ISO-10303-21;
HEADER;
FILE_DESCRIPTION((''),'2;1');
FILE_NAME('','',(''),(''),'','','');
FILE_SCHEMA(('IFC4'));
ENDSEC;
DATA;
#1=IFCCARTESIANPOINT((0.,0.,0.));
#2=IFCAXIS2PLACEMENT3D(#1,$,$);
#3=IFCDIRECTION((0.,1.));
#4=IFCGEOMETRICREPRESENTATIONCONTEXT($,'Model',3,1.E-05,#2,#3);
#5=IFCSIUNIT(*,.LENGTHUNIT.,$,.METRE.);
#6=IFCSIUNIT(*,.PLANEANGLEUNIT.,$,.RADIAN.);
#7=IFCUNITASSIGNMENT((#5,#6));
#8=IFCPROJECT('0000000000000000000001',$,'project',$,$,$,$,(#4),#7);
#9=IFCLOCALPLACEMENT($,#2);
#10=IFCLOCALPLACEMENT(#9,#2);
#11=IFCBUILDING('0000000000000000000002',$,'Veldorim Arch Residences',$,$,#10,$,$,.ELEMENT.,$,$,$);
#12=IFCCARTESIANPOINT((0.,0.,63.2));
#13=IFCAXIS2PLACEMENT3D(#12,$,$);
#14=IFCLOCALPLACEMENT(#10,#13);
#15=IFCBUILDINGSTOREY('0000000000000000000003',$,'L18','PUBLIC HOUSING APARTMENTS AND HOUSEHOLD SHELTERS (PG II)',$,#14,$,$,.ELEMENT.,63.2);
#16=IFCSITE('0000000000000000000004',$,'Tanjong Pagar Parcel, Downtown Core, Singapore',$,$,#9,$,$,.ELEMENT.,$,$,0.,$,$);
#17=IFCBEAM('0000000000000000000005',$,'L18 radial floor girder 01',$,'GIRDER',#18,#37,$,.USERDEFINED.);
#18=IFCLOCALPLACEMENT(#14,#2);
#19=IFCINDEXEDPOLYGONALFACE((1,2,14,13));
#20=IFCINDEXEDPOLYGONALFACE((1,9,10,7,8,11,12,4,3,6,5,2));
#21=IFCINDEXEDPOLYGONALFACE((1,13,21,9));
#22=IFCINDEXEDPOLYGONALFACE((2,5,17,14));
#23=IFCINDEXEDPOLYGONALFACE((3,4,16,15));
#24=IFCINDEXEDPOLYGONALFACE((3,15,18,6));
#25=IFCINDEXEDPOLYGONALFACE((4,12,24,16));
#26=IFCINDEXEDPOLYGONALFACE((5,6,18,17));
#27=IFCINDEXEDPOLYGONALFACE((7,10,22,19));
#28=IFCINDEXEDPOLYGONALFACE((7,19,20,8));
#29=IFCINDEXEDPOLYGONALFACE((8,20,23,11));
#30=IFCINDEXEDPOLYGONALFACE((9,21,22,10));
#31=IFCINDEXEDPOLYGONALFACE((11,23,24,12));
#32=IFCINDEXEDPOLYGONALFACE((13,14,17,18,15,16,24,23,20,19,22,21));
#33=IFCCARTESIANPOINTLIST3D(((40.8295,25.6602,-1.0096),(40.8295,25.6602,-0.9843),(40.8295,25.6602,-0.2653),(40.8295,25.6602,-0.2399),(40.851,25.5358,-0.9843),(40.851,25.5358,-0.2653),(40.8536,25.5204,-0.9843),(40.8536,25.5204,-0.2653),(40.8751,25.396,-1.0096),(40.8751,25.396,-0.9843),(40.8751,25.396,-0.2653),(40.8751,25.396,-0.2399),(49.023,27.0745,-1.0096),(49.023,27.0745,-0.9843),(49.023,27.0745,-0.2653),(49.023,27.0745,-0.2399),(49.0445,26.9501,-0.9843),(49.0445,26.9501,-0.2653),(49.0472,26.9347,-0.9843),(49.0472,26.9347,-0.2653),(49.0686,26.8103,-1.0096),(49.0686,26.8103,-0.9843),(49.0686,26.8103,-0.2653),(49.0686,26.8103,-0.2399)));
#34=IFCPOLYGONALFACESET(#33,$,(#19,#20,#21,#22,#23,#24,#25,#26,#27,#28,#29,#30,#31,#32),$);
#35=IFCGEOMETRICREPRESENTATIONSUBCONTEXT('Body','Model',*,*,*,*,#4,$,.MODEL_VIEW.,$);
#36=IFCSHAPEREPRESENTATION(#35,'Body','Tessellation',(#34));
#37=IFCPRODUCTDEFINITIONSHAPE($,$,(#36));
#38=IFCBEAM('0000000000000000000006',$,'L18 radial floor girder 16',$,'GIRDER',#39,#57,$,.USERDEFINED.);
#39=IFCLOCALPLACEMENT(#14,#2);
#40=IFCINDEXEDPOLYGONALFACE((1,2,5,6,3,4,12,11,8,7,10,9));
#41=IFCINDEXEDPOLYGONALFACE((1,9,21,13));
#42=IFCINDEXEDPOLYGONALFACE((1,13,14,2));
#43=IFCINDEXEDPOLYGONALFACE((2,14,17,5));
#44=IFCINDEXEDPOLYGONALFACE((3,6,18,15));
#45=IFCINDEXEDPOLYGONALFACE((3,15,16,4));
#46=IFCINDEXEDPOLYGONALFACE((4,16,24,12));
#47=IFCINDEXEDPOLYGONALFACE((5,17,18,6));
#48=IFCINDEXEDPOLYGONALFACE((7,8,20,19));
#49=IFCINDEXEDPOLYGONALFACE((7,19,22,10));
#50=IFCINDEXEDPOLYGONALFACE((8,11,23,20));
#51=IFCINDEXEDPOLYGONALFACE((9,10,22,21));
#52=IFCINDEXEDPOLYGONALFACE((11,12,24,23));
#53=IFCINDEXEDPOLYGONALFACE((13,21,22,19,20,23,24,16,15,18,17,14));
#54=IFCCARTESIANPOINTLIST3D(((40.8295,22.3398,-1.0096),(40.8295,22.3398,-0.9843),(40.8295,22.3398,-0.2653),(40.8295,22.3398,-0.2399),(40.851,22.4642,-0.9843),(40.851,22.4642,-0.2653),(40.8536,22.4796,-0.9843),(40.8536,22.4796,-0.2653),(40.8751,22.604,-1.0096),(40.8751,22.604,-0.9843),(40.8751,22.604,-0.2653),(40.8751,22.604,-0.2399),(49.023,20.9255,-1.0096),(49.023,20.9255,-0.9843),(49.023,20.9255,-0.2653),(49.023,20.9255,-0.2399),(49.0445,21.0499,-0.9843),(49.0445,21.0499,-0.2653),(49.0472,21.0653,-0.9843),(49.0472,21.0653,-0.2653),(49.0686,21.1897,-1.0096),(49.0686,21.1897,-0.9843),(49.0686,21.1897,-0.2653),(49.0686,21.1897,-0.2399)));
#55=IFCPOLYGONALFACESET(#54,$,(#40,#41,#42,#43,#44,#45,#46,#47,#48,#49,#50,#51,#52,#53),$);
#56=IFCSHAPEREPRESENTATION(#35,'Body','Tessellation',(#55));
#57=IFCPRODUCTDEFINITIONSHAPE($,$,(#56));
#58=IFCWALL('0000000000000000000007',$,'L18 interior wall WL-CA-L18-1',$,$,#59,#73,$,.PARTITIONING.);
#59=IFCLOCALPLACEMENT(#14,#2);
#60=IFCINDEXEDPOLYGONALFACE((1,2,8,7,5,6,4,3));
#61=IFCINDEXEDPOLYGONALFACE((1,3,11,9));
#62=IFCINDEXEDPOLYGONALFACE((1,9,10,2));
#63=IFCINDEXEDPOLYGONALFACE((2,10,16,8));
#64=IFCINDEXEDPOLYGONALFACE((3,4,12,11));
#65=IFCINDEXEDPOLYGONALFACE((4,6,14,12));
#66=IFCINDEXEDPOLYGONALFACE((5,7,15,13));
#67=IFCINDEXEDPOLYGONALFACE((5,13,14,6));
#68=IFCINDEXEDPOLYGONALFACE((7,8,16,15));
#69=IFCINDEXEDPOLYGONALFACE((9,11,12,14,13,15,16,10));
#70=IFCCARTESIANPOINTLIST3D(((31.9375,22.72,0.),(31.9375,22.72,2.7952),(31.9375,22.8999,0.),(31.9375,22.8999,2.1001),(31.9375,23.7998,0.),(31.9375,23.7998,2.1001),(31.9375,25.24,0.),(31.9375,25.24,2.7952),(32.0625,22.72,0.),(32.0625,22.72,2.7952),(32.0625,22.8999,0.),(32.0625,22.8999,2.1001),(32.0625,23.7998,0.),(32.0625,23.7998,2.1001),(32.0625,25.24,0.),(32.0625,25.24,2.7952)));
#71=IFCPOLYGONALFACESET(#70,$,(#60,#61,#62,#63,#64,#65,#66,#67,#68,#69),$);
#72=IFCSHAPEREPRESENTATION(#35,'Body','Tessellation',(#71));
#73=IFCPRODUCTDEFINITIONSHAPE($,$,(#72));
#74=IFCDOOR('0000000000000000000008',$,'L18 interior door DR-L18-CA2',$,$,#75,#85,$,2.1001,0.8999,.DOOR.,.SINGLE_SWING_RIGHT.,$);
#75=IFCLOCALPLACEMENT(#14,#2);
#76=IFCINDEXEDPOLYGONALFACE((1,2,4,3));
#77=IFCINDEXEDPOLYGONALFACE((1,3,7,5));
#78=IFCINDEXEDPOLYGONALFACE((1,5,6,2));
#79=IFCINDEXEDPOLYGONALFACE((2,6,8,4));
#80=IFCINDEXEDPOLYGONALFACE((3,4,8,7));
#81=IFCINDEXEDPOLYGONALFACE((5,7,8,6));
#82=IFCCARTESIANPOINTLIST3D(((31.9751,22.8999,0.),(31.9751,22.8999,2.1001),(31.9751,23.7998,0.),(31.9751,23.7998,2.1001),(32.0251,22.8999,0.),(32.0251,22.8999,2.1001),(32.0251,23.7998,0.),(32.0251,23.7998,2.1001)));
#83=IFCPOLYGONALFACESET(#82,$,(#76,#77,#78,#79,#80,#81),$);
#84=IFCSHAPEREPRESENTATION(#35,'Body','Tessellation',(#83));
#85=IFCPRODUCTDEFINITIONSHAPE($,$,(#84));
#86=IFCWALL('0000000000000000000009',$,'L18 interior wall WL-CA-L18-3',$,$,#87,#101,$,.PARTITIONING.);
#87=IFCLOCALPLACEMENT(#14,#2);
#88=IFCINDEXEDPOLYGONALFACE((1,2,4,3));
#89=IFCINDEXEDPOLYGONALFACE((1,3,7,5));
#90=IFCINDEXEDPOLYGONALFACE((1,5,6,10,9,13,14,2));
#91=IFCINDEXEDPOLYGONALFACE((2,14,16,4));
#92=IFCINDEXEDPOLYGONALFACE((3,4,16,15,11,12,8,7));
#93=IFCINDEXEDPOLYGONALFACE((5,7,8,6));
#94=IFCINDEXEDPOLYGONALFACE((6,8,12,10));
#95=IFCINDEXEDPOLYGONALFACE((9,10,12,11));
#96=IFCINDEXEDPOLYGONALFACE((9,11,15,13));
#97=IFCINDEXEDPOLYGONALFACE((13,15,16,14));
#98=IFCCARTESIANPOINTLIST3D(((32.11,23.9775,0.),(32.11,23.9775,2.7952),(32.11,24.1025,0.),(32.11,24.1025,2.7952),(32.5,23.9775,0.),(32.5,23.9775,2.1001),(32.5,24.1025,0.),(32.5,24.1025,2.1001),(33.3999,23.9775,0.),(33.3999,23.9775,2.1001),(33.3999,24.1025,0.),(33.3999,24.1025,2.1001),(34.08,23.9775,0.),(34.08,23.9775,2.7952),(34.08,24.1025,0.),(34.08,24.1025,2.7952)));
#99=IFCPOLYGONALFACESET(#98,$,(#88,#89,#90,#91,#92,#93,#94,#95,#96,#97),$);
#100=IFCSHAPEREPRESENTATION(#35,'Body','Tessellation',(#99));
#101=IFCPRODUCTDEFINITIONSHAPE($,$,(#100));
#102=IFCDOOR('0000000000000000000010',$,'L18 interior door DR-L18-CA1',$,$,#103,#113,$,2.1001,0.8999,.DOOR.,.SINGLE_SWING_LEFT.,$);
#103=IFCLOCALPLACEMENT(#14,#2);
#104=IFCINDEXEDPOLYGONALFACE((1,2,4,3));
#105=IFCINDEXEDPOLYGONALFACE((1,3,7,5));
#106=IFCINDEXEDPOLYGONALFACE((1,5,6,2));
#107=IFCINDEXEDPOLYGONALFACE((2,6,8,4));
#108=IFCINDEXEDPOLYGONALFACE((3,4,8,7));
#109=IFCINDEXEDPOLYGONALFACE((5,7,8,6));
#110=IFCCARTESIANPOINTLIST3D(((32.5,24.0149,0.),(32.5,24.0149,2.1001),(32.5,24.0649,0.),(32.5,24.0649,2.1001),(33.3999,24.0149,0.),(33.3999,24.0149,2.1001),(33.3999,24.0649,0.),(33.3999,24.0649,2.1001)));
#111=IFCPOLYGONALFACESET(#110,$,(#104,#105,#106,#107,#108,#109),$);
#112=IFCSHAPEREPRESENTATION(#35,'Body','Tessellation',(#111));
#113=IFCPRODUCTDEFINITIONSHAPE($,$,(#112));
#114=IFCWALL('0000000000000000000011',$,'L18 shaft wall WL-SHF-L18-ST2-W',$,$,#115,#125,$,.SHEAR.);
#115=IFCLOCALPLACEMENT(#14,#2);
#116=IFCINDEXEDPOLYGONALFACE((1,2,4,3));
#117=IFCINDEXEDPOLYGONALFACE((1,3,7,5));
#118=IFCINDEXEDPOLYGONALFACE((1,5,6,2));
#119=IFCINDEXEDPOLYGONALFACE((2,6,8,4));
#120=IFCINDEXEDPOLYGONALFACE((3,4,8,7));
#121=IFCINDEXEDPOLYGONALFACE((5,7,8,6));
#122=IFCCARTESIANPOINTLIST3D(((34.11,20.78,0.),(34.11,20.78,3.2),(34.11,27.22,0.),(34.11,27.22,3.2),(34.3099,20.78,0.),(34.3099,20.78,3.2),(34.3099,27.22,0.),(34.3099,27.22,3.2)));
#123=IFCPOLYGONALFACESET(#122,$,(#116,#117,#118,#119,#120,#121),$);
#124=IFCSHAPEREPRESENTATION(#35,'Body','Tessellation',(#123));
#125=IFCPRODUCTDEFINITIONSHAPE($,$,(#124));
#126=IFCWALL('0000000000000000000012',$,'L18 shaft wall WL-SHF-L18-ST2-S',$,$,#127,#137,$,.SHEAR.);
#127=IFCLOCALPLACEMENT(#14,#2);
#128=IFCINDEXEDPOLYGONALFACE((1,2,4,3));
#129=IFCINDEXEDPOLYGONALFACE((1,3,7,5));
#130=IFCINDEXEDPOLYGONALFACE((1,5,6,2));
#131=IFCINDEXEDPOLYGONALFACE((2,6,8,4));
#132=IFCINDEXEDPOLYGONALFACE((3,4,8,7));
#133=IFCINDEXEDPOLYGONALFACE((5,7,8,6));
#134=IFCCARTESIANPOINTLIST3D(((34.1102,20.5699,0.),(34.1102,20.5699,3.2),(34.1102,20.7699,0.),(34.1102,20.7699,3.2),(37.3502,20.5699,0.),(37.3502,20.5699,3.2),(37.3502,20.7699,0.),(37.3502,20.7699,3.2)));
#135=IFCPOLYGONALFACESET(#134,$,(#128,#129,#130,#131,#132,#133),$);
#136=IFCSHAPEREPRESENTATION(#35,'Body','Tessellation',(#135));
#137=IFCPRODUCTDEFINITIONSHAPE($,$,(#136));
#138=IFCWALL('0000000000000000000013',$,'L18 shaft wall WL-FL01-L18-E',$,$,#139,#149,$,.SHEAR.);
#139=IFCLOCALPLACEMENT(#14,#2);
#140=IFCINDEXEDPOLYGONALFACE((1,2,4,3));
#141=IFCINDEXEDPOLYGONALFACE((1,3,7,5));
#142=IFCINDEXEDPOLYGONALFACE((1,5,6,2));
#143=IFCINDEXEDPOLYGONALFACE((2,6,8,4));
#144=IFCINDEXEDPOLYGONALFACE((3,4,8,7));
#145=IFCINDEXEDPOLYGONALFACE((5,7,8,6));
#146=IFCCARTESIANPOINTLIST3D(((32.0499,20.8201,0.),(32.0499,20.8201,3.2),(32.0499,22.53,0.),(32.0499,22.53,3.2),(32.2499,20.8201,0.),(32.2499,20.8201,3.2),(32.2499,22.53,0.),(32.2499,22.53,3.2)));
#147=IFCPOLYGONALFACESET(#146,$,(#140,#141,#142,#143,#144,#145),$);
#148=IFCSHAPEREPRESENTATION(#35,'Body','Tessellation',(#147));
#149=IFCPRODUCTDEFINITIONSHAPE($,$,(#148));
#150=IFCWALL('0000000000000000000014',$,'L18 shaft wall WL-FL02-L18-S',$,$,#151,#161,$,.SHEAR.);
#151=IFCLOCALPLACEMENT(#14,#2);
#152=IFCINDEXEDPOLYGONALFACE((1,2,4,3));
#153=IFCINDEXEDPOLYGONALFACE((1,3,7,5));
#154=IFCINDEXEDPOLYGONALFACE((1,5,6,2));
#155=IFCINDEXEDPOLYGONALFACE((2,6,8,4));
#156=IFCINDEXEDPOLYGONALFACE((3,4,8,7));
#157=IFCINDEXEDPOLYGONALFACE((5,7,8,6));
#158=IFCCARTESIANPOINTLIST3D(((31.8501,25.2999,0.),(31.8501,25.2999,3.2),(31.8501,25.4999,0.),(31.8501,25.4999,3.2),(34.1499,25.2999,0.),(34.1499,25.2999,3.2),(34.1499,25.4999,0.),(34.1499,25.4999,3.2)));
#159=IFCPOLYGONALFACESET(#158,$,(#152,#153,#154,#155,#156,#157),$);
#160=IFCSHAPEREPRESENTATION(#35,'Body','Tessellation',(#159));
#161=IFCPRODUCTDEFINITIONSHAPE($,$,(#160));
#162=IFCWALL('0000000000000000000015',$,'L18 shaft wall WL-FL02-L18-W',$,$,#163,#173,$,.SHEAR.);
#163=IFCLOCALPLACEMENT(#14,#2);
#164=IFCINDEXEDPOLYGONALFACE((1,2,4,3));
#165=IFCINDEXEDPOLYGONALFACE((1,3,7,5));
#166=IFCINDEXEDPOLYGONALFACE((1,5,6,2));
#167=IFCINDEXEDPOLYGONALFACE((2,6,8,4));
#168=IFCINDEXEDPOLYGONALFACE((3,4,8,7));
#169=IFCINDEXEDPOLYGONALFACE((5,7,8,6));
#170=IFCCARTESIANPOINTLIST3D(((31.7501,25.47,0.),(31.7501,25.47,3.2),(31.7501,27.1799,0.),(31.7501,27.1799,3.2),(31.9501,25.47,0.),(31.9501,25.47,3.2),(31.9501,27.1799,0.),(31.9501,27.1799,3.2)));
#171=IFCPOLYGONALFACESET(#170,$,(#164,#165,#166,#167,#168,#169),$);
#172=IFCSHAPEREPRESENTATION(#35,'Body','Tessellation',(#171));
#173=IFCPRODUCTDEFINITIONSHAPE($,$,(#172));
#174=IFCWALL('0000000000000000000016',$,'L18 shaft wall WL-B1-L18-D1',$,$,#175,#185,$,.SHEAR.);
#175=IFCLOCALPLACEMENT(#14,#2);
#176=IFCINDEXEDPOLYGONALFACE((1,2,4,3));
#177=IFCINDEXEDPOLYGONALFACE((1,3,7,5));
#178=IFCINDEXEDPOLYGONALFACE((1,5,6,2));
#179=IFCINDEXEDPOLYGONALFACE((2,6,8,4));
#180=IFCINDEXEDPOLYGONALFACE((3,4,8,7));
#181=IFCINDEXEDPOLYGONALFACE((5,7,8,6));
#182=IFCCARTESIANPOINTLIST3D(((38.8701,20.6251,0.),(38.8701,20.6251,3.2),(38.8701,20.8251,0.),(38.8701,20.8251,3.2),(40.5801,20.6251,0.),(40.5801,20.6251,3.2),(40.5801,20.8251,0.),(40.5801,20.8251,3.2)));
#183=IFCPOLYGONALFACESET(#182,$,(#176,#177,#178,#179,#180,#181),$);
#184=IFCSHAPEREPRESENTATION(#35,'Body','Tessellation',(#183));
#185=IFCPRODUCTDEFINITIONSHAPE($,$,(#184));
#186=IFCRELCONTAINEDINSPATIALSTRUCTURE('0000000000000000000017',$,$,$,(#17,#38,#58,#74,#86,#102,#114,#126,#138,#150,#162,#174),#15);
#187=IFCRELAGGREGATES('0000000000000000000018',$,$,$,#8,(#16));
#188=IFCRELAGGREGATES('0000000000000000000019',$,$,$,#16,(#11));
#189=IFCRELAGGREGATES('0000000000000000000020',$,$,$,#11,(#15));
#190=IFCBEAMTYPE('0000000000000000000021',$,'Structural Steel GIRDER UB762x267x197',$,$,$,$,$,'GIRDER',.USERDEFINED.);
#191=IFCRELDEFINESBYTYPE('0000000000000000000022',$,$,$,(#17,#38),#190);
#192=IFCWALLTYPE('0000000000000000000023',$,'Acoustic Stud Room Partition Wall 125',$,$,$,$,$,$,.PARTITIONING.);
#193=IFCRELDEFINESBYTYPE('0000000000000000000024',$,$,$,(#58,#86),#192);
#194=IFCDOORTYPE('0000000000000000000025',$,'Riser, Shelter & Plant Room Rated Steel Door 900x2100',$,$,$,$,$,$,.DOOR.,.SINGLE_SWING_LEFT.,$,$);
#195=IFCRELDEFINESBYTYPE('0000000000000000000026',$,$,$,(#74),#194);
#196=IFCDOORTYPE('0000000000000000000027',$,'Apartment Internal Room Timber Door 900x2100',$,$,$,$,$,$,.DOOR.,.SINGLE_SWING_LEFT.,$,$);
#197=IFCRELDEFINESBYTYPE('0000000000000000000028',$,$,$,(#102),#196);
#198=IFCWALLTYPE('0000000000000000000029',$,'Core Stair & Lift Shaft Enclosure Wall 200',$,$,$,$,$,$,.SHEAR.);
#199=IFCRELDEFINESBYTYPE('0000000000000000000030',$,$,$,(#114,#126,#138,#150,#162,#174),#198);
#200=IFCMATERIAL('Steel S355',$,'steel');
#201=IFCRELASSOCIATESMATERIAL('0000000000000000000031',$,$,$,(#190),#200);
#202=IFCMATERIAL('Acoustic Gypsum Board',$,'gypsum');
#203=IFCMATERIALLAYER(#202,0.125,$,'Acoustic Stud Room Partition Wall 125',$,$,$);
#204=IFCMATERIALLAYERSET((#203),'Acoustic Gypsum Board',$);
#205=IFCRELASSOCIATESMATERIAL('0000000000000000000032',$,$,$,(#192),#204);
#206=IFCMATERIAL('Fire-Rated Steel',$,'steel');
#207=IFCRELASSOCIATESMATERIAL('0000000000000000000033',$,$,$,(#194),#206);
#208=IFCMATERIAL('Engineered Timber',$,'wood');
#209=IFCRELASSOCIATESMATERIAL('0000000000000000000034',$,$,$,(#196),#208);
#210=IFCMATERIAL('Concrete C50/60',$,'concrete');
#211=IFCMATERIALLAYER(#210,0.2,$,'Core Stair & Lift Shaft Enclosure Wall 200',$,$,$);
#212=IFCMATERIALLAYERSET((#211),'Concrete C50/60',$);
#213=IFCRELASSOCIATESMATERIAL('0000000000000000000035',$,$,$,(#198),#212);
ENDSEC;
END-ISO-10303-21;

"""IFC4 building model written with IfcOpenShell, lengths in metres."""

from ifc_helpers import new_model, si_unit, direction, frame, frame_2d, origin, origin_2d, place, context, subcontext, project, spatial, rectangle, i_section, extrude, material, layer, layer_set, material_profile, profile_set, type_object, element, fill, save


model = new_model("IFC4")

# Units and contexts
model_context = context("Model", 3, precision=1e-05, world=origin(), true_north=direction((0.0, 1.0)))
body_context = subcontext(model_context, "Body", "Model", "MODEL_VIEW")
ifc_project = project(units=[si_unit("LENGTHUNIT", "METRE"), si_unit("PLANEANGLEUNIT", "RADIAN")], contexts=[model_context])

# Site, building, storey
site_placement = place(None, origin())
site = spatial("IfcSite", under=ifc_project, at=site_placement, Name="Tanjong Pagar Parcel, Downtown Core, Singapore", CompositionType="ELEMENT", RefElevation=0.0)
building_placement = place(site_placement, origin())
building = spatial("IfcBuilding", under=site, at=building_placement, Name="Veldorim Arch Residences", CompositionType="ELEMENT")
storey_placement = place(building_placement, frame((0.0, 0.0, 63.2)))
storey = spatial("IfcBuildingStorey", under=building, at=storey_placement, Name="L18", Description="PUBLIC HOUSING APARTMENTS AND HOUSEHOLD SHELTERS (PG II)", CompositionType="ELEMENT", Elevation=63.2)

# Beams
ifc_material_1 = material(Name="Steel S355", Category="steel")
ifc_material_profile = material_profile(ifc_material_1, i_section(OverallWidth=0.2681, OverallDepth=0.7698, WebThickness=0.0156, FlangeThickness=0.0254, at=origin_2d()), Name="UB762x267x197")
ifc_profile_set = profile_set([ifc_material_profile], Name="Steel S355")
beam_type = type_object("IfcBeamType", Name="Structural Steel GIRDER UB762x267x197", ElementType="GIRDER", PredefinedType="USERDEFINED", material=ifc_profile_set)
for number, where, z_axis, x_axis, name in (
    (1, (40.8523, 25.5281, -0.6248), (0.985428, 0.170096, 0.0), (-0.170096, 0.985428, 0.0), "L18 radial floor girder 01"),
    (2, (40.8523, 22.4719, -0.6248), (0.985428, -0.170096, 0.0), (0.170096, 0.985428, 0.0), "L18 radial floor girder 16"),
):
    element("IfcBeam", number, at=place(storey_placement, frame(where, z_axis=z_axis, x_axis=x_axis)), inside=storey, type_object=beam_type, Name=name, ObjectType="GIRDER", PredefinedType="USERDEFINED", context=body_context, shape_type="SweptSolid", body=[
        extrude(i_section(OverallWidth=0.2681, OverallDepth=0.7698, WebThickness=0.0156, FlangeThickness=0.0254, at=origin_2d()), origin(), (0.0, 0.0, 1.0), 8.3147),
    ])

# Walls, openings, doors
ifc_material_2 = material(Name="Acoustic Gypsum Board", Category="gypsum")
ifc_layer_1 = layer(ifc_material_2, 0.125, Name="Acoustic Stud Room Partition Wall 125")
ifc_layer_set_1 = layer_set([ifc_layer_1], Name="Acoustic Gypsum Board")
wall_type_1 = type_object("IfcWallType", Name="Acoustic Stud Room Partition Wall 125", PredefinedType="PARTITIONING", material=ifc_layer_set_1)
wall_1_placement = place(storey_placement, frame((32.0, 22.72, 0.0), z_axis=(0.0, 0.0, 1.0), x_axis=(0.0, 1.0, 0.0)))
wall_1 = element("IfcWall", 3, at=wall_1_placement, inside=storey, type_object=wall_type_1, Name="L18 interior wall WL-CA-L18-1", PredefinedType="PARTITIONING", context=body_context, shape_type="SweptSolid", body=[
    extrude(rectangle(XDim=2.52, YDim=0.125, at=frame_2d((1.26, 0.0))), origin(), (0.0, 0.0, 1.0), 2.7952),
])
opening_1_placement = place(wall_1_placement, frame((0.1799, 0.0, 0.0)))
opening_1 = element("IfcOpeningElement", 4, at=opening_1_placement, cuts=wall_1, PredefinedType="OPENING", context=body_context, shape_type="SweptSolid", body=[
    extrude(rectangle(XDim=0.8999, YDim=2.1001, at=frame_2d((0.45, 1.05))), frame((0.0, 0.0725, 0.0), z_axis=(0.0, -1.0, 0.0), x_axis=(1.0, 0.0, 0.0)), (0.0, 0.0, 1.0), 0.145),
])
ifc_material_3 = material(Name="Fire-Rated Steel", Category="steel")
door_type_1 = type_object("IfcDoorType", Name="Riser, Shelter & Plant Room Rated Steel Door 900x2100", OperationType="SINGLE_SWING_LEFT", PredefinedType="DOOR", material=ifc_material_3)
door_1_placement = place(opening_1_placement, origin())
door_1 = element("IfcDoor", 5, at=door_1_placement, inside=storey, type_object=door_type_1, Name="L18 interior door DR-L18-CA2", OperationType="SINGLE_SWING_RIGHT", OverallHeight=2.1001, OverallWidth=0.8999, PredefinedType="DOOR", context=body_context, shape_type="SweptSolid", body=[
    extrude(rectangle(XDim=0.8999, YDim=2.1001, at=frame_2d((0.45, 1.05))), frame((0.0, 0.0249, 0.0), z_axis=(0.0, -1.0, 0.0), x_axis=(1.0, 0.0, 0.0)), (0.0, 0.0, 1.0), 0.05),
])
fill(opening_1, door_1)
wall_2_placement = place(storey_placement, frame((32.1101, 24.04, 0.0), z_axis=(0.0, 0.0, 1.0), x_axis=(1.0, 0.0, 0.0)))
wall_2 = element("IfcWall", 6, at=wall_2_placement, inside=storey, type_object=wall_type_1, Name="L18 interior wall WL-CA-L18-3", PredefinedType="PARTITIONING", context=body_context, shape_type="SweptSolid", body=[
    extrude(rectangle(XDim=1.97, YDim=0.125, at=frame_2d((0.9849, 0.0))), origin(), (0.0, 0.0, 1.0), 2.7952),
])
opening_2_placement = place(wall_2_placement, frame((0.3899, 0.0, 0.0)))
opening_2 = element("IfcOpeningElement", 7, at=opening_2_placement, cuts=wall_2, PredefinedType="OPENING", context=body_context, shape_type="SweptSolid", body=[
    extrude(rectangle(XDim=0.8999, YDim=2.1001, at=frame_2d((0.45, 1.05))), frame((0.0, 0.0725, 0.0), z_axis=(0.0, -1.0, 0.0), x_axis=(1.0, 0.0, 0.0)), (0.0, 0.0, 1.0), 0.145),
])
ifc_material_4 = material(Name="Engineered Timber", Category="wood")
door_type_2 = type_object("IfcDoorType", Name="Apartment Internal Room Timber Door 900x2100", OperationType="SINGLE_SWING_LEFT", PredefinedType="DOOR", material=ifc_material_4)
door_2_placement = place(opening_2_placement, origin())
door_2 = element("IfcDoor", 8, at=door_2_placement, inside=storey, type_object=door_type_2, Name="L18 interior door DR-L18-CA1", OperationType="SINGLE_SWING_LEFT", OverallHeight=2.1001, OverallWidth=0.8999, PredefinedType="DOOR", context=body_context, shape_type="SweptSolid", body=[
    extrude(rectangle(XDim=0.8999, YDim=2.1001, at=frame_2d((0.45, 1.05))), frame((0.0, 0.0249, 0.0), z_axis=(0.0, -1.0, 0.0), x_axis=(1.0, 0.0, 0.0)), (0.0, 0.0, 1.0), 0.05),
])
fill(opening_2, door_2)

# Walls
ifc_material_5 = material(Name="Concrete C50/60", Category="concrete")
ifc_layer_2 = layer(ifc_material_5, 0.2, Name="Core Stair & Lift Shaft Enclosure Wall 200")
ifc_layer_set_2 = layer_set([ifc_layer_2], Name="Concrete C50/60")
wall_type_2 = type_object("IfcWallType", Name="Core Stair & Lift Shaft Enclosure Wall 200", PredefinedType="SHEAR", material=ifc_layer_set_2)
wall_3_placement = place(storey_placement, frame((34.21, 20.78, 0.0), z_axis=(0.0, 0.0, 1.0), x_axis=(0.0, 1.0, 0.0)))
element("IfcWall", 9, at=wall_3_placement, inside=storey, type_object=wall_type_2, Name="L18 shaft wall WL-SHF-L18-ST2-W", PredefinedType="SHEAR", context=body_context, shape_type="SweptSolid", body=[
    extrude(rectangle(XDim=6.4399, YDim=0.2, at=frame_2d((3.22, 0.0))), origin(), (0.0, 0.0, 1.0), 3.2),
])
wall_4_placement = place(storey_placement, frame((34.1101, 20.6699, 0.0), z_axis=(0.0, 0.0, 1.0), x_axis=(1.0, 0.0, 0.0)))
element("IfcWall", 10, at=wall_4_placement, inside=storey, type_object=wall_type_2, Name="L18 shaft wall WL-SHF-L18-ST2-S", PredefinedType="SHEAR", context=body_context, shape_type="SweptSolid", body=[
    extrude(rectangle(XDim=3.24, YDim=0.2, at=frame_2d((1.6201, 0.0))), origin(), (0.0, 0.0, 1.0), 3.2),
])
wall_5_placement = place(storey_placement, frame((32.1499, 20.8201, 0.0), z_axis=(0.0, 0.0, 1.0), x_axis=(0.0, 1.0, 0.0)))
element("IfcWall", 11, at=wall_5_placement, inside=storey, type_object=wall_type_2, Name="L18 shaft wall WL-FL01-L18-E", PredefinedType="SHEAR", context=body_context, shape_type="SweptSolid", body=[
    extrude(rectangle(XDim=1.71, YDim=0.2, at=frame_2d((0.855, 0.0))), origin(), (0.0, 0.0, 1.0), 3.2),
])
wall_6_placement = place(storey_placement, frame((31.8501, 25.3999, 0.0), z_axis=(0.0, 0.0, 1.0), x_axis=(1.0, 0.0, 0.0)))
element("IfcWall", 12, at=wall_6_placement, inside=storey, type_object=wall_type_2, Name="L18 shaft wall WL-FL02-L18-S", PredefinedType="SHEAR", context=body_context, shape_type="SweptSolid", body=[
    extrude(rectangle(XDim=2.2998, YDim=0.2, at=frame_2d((1.1499, 0.0))), origin(), (0.0, 0.0, 1.0), 3.2),
])
for number, where, z_axis, x_axis, name in (
    (13, (31.8501, 25.47, 0.0), (0.0, 0.0, 1.0), (0.0, 1.0, 0.0), "L18 shaft wall WL-FL02-L18-W"),
    (14, (38.8701, 20.7251, 0.0), (0.0, 0.0, 1.0), (1.0, 0.0, 0.0), "L18 shaft wall WL-B1-L18-D1"),
):
    element("IfcWall", number, at=place(storey_placement, frame(where, z_axis=z_axis, x_axis=x_axis)), inside=storey, type_object=wall_type_2, Name=name, PredefinedType="SHEAR", context=body_context, shape_type="SweptSolid", body=[
        extrude(rectangle(XDim=1.71, YDim=0.2, at=frame_2d((0.855, 0.0))), origin(), (0.0, 0.0, 1.0), 3.2),
    ])

save(model, "model.ifc")
